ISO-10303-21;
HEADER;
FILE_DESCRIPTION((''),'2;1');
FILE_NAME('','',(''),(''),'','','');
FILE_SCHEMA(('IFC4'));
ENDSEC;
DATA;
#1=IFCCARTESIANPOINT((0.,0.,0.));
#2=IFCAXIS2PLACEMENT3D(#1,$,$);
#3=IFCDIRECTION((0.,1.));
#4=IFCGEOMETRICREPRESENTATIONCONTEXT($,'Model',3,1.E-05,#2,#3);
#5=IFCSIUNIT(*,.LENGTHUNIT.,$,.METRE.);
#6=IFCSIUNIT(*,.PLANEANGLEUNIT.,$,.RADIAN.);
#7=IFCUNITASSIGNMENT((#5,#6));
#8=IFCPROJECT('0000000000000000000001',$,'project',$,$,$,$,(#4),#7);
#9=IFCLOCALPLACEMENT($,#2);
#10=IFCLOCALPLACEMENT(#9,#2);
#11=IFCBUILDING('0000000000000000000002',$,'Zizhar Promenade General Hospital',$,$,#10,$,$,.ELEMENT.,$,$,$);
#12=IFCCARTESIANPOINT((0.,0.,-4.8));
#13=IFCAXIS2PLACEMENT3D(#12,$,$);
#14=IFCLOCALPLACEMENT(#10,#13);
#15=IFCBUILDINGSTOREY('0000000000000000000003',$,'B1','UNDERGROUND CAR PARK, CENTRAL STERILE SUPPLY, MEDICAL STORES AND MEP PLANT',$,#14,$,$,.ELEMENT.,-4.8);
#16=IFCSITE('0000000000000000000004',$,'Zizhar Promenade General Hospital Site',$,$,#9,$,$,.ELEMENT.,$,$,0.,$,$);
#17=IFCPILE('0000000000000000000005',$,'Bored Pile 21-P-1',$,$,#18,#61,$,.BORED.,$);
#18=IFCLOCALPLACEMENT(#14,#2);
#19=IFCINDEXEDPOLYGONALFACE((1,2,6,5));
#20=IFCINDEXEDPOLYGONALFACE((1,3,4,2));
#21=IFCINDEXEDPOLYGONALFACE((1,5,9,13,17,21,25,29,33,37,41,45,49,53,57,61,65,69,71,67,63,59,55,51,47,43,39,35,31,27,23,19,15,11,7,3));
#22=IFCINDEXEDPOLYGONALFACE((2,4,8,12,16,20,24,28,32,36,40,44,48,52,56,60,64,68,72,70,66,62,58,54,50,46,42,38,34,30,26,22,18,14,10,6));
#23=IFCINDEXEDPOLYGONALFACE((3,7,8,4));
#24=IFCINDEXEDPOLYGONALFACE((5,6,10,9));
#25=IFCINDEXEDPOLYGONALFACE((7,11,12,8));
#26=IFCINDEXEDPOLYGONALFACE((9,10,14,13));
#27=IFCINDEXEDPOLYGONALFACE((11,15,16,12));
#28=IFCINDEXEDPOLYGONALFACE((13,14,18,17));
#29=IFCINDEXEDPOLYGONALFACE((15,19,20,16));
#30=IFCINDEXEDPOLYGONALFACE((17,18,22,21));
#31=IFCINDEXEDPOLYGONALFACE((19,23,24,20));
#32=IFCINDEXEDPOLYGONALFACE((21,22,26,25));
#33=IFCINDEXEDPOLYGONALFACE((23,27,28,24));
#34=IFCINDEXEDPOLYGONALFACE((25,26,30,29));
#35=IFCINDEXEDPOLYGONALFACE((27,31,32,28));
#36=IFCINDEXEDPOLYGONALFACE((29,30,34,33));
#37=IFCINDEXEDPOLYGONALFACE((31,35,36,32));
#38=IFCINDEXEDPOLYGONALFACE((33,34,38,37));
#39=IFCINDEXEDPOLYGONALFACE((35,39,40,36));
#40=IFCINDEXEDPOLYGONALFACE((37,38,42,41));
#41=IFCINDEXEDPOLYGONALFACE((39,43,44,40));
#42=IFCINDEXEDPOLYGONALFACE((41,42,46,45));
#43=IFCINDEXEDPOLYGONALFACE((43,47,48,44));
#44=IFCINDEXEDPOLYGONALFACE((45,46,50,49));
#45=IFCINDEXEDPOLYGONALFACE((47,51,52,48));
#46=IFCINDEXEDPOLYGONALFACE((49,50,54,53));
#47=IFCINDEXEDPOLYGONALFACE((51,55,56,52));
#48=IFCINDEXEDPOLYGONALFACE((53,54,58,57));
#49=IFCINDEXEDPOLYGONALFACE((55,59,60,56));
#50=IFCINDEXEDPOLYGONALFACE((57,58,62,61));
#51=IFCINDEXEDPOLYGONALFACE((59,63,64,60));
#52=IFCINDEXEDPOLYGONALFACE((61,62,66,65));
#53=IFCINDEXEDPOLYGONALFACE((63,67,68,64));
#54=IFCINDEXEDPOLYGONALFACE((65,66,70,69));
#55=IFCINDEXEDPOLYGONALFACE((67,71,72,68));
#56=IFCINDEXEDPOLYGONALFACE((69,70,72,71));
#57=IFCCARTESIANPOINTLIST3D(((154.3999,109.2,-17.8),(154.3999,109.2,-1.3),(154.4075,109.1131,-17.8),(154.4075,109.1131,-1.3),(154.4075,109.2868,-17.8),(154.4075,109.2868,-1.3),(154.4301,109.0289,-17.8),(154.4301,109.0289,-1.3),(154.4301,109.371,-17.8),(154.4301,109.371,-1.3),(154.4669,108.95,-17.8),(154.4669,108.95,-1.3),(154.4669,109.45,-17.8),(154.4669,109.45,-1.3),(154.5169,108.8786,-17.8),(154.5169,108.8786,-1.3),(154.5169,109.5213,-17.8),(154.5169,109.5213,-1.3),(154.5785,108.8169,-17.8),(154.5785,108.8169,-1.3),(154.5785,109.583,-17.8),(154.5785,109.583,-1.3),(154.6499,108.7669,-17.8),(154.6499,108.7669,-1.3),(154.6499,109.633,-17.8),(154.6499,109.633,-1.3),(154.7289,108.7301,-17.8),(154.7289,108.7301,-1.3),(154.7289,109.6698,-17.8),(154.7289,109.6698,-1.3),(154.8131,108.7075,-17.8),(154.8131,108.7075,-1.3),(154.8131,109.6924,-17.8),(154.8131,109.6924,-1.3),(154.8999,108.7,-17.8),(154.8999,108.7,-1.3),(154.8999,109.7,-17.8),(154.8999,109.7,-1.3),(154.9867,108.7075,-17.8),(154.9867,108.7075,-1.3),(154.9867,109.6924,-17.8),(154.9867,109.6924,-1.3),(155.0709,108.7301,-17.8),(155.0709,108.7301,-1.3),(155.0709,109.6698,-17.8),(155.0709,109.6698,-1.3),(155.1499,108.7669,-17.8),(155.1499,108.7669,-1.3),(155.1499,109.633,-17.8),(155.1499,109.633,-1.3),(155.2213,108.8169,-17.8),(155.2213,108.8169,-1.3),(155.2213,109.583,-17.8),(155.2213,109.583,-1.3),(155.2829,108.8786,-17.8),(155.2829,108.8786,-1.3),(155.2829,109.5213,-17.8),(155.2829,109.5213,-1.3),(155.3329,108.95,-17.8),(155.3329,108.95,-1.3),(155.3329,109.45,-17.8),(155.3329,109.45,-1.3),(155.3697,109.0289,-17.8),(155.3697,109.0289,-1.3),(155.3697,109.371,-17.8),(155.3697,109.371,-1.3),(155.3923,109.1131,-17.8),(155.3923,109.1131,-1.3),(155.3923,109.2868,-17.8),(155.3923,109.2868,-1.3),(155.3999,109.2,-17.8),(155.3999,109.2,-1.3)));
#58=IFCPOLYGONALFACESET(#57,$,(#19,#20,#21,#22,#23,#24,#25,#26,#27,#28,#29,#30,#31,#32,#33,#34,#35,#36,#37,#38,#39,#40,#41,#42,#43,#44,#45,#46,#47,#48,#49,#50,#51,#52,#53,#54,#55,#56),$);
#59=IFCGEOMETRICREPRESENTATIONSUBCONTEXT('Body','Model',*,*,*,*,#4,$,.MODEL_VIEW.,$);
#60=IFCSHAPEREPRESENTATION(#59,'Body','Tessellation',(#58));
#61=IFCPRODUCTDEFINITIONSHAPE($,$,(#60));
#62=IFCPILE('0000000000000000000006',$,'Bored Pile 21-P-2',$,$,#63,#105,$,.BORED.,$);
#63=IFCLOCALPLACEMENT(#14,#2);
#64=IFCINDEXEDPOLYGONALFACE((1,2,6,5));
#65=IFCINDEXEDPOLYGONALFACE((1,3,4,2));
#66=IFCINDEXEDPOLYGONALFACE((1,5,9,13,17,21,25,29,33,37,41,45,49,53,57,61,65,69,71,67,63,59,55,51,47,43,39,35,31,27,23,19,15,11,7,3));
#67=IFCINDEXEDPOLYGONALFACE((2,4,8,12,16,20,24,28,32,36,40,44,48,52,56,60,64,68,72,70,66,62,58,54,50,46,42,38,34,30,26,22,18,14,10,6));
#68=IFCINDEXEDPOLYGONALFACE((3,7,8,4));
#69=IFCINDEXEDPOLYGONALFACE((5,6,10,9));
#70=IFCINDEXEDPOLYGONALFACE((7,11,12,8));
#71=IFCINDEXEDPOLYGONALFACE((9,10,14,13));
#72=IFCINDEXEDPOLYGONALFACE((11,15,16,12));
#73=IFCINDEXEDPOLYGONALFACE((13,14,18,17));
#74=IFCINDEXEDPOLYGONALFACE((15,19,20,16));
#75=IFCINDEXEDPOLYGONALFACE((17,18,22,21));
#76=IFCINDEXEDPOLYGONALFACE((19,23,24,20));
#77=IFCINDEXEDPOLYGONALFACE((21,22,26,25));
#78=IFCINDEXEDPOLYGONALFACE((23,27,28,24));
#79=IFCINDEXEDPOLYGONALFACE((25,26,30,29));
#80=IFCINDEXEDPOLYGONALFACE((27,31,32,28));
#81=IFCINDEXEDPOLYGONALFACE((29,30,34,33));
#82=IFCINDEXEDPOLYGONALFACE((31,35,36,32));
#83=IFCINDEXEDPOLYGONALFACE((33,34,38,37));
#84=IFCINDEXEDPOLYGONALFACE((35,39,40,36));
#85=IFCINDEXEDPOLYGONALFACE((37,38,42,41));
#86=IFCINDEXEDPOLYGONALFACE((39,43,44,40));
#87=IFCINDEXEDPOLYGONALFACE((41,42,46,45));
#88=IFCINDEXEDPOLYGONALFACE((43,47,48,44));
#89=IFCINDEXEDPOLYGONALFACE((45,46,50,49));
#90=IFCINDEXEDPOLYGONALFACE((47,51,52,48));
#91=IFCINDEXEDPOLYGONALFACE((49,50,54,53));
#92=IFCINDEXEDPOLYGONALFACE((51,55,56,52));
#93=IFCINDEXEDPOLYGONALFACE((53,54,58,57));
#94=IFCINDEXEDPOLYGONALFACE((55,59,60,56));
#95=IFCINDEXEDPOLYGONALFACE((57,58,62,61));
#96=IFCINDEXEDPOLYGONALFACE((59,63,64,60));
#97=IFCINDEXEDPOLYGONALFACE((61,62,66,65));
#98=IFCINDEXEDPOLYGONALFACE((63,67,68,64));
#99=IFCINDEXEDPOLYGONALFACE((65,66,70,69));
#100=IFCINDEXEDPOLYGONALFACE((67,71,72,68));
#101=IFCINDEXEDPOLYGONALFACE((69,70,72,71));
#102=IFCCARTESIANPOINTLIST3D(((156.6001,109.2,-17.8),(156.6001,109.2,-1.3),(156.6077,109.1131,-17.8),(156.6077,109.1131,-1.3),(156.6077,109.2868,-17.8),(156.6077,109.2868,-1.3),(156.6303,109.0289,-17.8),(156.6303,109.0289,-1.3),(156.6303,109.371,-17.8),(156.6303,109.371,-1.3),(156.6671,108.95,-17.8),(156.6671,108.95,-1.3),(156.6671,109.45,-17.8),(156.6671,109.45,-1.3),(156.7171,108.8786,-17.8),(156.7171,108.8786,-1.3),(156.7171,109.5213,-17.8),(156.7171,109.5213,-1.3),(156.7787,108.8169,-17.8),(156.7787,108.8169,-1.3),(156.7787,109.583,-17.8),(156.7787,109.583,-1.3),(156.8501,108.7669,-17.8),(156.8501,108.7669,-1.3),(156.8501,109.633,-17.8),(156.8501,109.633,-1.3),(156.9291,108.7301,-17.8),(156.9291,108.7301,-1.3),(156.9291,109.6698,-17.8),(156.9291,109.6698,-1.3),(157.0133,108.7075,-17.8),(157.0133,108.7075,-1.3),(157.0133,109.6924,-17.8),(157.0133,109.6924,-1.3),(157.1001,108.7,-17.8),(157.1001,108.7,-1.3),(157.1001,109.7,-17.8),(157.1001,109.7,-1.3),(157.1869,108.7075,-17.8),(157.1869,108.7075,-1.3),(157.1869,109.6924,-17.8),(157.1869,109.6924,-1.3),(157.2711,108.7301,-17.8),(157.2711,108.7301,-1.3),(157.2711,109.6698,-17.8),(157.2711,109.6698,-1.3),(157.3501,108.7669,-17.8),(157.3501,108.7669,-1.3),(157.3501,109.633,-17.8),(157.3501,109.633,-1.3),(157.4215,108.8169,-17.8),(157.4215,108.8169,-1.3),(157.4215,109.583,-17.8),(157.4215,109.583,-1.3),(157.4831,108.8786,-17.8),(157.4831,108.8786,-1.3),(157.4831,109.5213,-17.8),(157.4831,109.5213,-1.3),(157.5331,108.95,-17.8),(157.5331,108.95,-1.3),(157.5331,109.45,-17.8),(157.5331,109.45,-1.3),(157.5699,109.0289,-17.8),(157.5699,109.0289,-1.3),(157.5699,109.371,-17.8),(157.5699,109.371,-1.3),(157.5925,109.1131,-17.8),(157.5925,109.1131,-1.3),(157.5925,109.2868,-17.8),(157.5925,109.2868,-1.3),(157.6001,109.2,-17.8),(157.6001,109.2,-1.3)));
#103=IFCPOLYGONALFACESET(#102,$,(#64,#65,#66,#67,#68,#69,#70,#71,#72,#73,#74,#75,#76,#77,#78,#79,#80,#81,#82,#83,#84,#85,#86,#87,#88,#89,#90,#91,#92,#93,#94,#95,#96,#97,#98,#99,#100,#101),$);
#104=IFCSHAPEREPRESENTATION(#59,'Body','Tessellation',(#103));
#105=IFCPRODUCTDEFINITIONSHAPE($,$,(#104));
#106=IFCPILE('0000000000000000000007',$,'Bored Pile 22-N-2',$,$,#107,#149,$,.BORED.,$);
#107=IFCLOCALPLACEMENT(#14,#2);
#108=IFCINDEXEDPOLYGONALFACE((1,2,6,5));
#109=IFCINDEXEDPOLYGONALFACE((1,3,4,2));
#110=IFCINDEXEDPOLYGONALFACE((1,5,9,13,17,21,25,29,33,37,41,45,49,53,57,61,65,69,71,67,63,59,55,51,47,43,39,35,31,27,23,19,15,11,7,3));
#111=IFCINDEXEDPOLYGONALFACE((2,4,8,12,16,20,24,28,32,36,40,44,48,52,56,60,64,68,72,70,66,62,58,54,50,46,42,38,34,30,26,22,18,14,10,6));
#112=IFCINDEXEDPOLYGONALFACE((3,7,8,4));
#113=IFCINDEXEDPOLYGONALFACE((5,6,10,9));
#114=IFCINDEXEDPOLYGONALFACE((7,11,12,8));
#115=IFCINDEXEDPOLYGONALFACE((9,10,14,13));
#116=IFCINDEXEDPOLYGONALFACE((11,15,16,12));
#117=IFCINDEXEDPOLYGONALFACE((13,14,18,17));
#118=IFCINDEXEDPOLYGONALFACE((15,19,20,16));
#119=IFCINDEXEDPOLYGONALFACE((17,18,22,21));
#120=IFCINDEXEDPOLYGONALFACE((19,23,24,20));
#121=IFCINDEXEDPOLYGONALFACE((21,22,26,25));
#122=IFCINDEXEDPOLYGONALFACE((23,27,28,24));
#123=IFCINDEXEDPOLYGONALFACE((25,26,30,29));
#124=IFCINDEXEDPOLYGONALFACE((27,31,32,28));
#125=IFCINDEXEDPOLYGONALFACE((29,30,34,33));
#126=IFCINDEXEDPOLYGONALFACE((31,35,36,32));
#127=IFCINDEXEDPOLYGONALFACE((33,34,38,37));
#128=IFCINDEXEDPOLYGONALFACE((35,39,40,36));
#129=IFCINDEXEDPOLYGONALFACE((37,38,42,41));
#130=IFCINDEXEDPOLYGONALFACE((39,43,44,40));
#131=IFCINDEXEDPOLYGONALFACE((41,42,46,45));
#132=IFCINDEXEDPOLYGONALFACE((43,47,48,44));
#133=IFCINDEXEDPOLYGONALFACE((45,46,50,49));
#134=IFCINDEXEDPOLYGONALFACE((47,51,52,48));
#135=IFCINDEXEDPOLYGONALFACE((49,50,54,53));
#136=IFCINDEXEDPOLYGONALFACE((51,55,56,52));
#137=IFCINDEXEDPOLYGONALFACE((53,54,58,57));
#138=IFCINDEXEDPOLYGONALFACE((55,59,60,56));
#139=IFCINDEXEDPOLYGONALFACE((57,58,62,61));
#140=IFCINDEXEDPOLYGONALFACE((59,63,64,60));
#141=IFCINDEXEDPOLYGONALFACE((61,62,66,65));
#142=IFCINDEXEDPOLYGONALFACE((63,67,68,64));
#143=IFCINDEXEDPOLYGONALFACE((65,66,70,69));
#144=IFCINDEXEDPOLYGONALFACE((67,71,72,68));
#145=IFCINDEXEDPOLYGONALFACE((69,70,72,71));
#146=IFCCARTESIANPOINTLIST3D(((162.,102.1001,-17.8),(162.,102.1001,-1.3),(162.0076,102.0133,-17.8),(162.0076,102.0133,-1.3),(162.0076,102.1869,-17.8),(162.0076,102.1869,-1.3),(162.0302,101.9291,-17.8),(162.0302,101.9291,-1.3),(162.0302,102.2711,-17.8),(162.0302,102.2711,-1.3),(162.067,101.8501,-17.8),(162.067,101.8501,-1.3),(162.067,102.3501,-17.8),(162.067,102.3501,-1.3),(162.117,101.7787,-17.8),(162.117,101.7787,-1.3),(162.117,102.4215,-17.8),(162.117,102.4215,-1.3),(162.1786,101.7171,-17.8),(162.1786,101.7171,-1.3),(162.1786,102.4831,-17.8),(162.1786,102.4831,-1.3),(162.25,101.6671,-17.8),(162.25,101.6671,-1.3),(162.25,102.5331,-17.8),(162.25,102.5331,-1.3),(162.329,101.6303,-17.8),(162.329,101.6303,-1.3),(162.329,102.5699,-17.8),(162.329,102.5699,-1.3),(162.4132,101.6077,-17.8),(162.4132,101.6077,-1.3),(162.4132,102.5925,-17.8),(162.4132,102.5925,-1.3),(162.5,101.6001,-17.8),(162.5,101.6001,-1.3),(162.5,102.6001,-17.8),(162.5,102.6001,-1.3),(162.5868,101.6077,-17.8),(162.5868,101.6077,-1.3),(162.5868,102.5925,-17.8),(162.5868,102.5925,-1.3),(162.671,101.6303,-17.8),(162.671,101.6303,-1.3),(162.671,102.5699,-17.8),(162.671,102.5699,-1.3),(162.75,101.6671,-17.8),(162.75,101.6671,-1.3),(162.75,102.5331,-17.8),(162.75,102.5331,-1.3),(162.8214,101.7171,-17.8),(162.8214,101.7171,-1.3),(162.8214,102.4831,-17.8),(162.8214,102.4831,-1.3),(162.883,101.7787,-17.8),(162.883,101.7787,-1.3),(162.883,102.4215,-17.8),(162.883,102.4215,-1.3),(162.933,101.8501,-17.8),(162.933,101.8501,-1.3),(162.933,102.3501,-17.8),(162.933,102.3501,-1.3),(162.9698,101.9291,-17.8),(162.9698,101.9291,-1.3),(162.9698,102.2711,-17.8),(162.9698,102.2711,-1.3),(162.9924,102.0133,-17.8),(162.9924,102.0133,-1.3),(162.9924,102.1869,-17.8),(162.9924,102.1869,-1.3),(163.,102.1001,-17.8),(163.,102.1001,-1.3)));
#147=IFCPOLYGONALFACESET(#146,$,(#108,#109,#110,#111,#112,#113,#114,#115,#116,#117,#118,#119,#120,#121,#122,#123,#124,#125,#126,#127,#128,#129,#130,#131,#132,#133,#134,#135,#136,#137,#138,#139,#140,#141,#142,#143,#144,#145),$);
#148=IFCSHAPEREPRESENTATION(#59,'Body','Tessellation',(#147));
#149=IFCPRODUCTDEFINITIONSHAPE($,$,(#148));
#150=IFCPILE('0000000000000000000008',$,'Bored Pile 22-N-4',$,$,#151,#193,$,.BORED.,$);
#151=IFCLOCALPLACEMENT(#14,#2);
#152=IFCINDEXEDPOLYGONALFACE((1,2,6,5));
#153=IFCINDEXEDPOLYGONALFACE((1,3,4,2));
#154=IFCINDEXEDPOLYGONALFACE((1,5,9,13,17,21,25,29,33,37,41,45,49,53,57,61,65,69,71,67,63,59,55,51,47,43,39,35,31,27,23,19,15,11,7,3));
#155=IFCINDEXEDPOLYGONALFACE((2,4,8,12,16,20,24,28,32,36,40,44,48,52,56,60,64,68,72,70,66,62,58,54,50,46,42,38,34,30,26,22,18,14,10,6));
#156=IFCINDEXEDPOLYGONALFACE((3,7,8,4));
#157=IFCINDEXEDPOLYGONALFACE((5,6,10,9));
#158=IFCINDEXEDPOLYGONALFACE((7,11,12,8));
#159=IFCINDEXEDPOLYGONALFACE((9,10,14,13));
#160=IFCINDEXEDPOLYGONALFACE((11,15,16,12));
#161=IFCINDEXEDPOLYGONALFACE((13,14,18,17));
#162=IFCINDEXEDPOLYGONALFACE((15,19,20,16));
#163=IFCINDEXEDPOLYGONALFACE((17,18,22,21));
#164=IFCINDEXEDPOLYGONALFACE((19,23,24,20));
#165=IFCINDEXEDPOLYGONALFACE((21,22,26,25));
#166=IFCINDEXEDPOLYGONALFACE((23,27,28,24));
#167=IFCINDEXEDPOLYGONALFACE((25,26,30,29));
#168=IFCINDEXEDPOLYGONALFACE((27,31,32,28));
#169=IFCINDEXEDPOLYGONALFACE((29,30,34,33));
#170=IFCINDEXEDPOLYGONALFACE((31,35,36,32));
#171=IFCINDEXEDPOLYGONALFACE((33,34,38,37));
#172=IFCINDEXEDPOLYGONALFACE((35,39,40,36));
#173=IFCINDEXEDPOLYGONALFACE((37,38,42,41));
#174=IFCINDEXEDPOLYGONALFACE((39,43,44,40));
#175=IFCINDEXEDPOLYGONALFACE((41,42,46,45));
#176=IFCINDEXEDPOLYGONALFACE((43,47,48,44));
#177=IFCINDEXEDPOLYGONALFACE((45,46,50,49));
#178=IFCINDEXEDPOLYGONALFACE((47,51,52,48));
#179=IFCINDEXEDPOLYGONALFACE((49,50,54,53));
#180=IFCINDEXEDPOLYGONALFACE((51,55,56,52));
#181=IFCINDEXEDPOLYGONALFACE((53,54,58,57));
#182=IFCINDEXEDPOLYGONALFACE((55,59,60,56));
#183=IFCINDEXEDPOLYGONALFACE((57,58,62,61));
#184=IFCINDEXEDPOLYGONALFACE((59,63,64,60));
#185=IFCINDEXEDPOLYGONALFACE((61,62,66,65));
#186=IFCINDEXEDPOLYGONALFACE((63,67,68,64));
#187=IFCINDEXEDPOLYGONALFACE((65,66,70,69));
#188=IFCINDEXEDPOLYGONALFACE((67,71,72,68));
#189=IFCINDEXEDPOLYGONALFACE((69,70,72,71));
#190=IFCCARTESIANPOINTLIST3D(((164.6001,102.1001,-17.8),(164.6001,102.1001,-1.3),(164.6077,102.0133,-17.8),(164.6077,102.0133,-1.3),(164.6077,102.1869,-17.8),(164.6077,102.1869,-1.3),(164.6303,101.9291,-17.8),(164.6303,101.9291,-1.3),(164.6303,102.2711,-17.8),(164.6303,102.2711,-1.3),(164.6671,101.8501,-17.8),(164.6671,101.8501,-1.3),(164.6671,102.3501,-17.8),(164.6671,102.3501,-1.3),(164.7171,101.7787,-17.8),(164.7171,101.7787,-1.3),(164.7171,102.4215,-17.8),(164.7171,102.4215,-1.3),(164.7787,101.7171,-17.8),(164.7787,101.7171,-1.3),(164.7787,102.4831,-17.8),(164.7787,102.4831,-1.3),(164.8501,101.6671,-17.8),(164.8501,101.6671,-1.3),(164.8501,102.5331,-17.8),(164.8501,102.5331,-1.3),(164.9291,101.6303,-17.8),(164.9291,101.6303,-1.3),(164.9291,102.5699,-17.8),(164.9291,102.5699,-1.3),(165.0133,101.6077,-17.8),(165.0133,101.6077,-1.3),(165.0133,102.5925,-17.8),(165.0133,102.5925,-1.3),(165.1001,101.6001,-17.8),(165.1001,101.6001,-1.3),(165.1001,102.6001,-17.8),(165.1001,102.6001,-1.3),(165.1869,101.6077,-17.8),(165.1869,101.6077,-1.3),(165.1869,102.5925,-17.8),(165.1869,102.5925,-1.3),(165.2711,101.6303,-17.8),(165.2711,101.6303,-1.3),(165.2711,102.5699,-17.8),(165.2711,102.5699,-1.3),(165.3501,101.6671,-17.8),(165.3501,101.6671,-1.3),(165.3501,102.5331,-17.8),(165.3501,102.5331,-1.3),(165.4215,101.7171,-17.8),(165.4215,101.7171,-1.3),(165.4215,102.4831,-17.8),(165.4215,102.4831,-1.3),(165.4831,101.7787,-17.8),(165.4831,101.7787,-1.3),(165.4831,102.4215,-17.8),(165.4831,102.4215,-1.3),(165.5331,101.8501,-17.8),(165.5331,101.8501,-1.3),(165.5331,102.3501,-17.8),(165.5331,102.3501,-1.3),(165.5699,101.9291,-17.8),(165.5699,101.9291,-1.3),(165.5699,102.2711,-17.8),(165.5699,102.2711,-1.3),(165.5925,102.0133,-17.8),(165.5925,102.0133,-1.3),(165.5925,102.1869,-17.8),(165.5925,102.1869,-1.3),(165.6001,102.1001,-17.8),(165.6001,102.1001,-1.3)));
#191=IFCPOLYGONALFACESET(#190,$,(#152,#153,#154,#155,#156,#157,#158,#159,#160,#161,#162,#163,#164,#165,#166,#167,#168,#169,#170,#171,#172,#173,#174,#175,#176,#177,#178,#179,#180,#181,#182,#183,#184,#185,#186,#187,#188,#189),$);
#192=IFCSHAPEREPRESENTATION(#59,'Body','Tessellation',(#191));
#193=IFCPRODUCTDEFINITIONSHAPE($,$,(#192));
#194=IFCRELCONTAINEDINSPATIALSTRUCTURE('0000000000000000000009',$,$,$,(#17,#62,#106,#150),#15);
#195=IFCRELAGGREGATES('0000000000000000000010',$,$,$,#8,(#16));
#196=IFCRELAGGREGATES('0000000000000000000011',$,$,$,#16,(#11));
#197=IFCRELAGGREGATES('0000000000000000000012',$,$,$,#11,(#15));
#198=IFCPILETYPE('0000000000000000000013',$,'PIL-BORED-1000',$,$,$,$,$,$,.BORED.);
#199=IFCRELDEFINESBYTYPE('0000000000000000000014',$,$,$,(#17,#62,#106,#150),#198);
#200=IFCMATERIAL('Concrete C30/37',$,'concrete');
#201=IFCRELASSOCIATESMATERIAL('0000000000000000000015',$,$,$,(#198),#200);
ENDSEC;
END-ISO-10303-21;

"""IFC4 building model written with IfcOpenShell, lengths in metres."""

from ifc_helpers import new_model, si_unit, direction, frame, origin, origin_2d, place, context, subcontext, project, spatial, circle, extrude, material, material_profile, profile_set, type_object, element, save


model = new_model("IFC4")

# Units and contexts
model_context = context("Model", 3, precision=1e-05, world=origin(), true_north=direction((0.0, 1.0)))
body_context = subcontext(model_context, "Body", "Model", "MODEL_VIEW")
ifc_project = project(units=[si_unit("LENGTHUNIT", "METRE"), si_unit("PLANEANGLEUNIT", "RADIAN")], contexts=[model_context])

# Site, building, storey
site_placement = place(None, origin())
site = spatial("IfcSite", under=ifc_project, at=site_placement, Name="Zizhar Promenade General Hospital Site", CompositionType="ELEMENT", RefElevation=0.0)
building_placement = place(site_placement, origin())
building = spatial("IfcBuilding", under=site, at=building_placement, Name="Zizhar Promenade General Hospital", CompositionType="ELEMENT")
storey_placement = place(building_placement, frame((0.0, 0.0, -4.8)))
storey = spatial("IfcBuildingStorey", under=building, at=storey_placement, Name="B1", Description="UNDERGROUND CAR PARK, CENTRAL STERILE SUPPLY, MEDICAL STORES AND MEP PLANT", CompositionType="ELEMENT", Elevation=-4.8)

# Piles
ifc_material_1 = material(Name="Concrete C30/37", Category="concrete")
ifc_material_profile_1 = material_profile(ifc_material_1, circle(Radius=0.5, at=origin_2d()))
ifc_profile_set_1 = profile_set([ifc_material_profile_1], Name="Concrete C30/37")
pile_type = type_object("IfcPileType", Name="PIL-BORED-1000", PredefinedType="BORED", material=ifc_profile_set_1)
for number, where, z_axis, x_axis, name in (
    (1, (154.8999, 109.2, -1.3), (0.0, 0.0, -1.0), (1.0, 0.0, 0.0), "Bored Pile 21-P-1"),
    (2, (157.1001, 109.2, -1.3), (0.0, 0.0, -1.0), (1.0, 0.0, 0.0), "Bored Pile 21-P-2"),
    (3, (162.5, 102.1001, -1.3), (0.0, 0.0, -1.0), (1.0, 0.0, 0.0), "Bored Pile 22-N-2"),
    (4, (165.1001, 102.1001, -1.3), (0.0, 0.0, -1.0), (1.0, 0.0, 0.0), "Bored Pile 22-N-4"),
):
    element("IfcPile", number, at=place(storey_placement, frame(where, z_axis=z_axis, x_axis=x_axis)), inside=storey, type_object=pile_type, Name=name, PredefinedType="BORED", context=body_context, shape_type="SweptSolid", body=[
        extrude(circle(Radius=0.5, at=origin_2d()), origin(), (0.0, 0.0, 1.0), 16.5),
    ])

save(model, "model.ifc")
